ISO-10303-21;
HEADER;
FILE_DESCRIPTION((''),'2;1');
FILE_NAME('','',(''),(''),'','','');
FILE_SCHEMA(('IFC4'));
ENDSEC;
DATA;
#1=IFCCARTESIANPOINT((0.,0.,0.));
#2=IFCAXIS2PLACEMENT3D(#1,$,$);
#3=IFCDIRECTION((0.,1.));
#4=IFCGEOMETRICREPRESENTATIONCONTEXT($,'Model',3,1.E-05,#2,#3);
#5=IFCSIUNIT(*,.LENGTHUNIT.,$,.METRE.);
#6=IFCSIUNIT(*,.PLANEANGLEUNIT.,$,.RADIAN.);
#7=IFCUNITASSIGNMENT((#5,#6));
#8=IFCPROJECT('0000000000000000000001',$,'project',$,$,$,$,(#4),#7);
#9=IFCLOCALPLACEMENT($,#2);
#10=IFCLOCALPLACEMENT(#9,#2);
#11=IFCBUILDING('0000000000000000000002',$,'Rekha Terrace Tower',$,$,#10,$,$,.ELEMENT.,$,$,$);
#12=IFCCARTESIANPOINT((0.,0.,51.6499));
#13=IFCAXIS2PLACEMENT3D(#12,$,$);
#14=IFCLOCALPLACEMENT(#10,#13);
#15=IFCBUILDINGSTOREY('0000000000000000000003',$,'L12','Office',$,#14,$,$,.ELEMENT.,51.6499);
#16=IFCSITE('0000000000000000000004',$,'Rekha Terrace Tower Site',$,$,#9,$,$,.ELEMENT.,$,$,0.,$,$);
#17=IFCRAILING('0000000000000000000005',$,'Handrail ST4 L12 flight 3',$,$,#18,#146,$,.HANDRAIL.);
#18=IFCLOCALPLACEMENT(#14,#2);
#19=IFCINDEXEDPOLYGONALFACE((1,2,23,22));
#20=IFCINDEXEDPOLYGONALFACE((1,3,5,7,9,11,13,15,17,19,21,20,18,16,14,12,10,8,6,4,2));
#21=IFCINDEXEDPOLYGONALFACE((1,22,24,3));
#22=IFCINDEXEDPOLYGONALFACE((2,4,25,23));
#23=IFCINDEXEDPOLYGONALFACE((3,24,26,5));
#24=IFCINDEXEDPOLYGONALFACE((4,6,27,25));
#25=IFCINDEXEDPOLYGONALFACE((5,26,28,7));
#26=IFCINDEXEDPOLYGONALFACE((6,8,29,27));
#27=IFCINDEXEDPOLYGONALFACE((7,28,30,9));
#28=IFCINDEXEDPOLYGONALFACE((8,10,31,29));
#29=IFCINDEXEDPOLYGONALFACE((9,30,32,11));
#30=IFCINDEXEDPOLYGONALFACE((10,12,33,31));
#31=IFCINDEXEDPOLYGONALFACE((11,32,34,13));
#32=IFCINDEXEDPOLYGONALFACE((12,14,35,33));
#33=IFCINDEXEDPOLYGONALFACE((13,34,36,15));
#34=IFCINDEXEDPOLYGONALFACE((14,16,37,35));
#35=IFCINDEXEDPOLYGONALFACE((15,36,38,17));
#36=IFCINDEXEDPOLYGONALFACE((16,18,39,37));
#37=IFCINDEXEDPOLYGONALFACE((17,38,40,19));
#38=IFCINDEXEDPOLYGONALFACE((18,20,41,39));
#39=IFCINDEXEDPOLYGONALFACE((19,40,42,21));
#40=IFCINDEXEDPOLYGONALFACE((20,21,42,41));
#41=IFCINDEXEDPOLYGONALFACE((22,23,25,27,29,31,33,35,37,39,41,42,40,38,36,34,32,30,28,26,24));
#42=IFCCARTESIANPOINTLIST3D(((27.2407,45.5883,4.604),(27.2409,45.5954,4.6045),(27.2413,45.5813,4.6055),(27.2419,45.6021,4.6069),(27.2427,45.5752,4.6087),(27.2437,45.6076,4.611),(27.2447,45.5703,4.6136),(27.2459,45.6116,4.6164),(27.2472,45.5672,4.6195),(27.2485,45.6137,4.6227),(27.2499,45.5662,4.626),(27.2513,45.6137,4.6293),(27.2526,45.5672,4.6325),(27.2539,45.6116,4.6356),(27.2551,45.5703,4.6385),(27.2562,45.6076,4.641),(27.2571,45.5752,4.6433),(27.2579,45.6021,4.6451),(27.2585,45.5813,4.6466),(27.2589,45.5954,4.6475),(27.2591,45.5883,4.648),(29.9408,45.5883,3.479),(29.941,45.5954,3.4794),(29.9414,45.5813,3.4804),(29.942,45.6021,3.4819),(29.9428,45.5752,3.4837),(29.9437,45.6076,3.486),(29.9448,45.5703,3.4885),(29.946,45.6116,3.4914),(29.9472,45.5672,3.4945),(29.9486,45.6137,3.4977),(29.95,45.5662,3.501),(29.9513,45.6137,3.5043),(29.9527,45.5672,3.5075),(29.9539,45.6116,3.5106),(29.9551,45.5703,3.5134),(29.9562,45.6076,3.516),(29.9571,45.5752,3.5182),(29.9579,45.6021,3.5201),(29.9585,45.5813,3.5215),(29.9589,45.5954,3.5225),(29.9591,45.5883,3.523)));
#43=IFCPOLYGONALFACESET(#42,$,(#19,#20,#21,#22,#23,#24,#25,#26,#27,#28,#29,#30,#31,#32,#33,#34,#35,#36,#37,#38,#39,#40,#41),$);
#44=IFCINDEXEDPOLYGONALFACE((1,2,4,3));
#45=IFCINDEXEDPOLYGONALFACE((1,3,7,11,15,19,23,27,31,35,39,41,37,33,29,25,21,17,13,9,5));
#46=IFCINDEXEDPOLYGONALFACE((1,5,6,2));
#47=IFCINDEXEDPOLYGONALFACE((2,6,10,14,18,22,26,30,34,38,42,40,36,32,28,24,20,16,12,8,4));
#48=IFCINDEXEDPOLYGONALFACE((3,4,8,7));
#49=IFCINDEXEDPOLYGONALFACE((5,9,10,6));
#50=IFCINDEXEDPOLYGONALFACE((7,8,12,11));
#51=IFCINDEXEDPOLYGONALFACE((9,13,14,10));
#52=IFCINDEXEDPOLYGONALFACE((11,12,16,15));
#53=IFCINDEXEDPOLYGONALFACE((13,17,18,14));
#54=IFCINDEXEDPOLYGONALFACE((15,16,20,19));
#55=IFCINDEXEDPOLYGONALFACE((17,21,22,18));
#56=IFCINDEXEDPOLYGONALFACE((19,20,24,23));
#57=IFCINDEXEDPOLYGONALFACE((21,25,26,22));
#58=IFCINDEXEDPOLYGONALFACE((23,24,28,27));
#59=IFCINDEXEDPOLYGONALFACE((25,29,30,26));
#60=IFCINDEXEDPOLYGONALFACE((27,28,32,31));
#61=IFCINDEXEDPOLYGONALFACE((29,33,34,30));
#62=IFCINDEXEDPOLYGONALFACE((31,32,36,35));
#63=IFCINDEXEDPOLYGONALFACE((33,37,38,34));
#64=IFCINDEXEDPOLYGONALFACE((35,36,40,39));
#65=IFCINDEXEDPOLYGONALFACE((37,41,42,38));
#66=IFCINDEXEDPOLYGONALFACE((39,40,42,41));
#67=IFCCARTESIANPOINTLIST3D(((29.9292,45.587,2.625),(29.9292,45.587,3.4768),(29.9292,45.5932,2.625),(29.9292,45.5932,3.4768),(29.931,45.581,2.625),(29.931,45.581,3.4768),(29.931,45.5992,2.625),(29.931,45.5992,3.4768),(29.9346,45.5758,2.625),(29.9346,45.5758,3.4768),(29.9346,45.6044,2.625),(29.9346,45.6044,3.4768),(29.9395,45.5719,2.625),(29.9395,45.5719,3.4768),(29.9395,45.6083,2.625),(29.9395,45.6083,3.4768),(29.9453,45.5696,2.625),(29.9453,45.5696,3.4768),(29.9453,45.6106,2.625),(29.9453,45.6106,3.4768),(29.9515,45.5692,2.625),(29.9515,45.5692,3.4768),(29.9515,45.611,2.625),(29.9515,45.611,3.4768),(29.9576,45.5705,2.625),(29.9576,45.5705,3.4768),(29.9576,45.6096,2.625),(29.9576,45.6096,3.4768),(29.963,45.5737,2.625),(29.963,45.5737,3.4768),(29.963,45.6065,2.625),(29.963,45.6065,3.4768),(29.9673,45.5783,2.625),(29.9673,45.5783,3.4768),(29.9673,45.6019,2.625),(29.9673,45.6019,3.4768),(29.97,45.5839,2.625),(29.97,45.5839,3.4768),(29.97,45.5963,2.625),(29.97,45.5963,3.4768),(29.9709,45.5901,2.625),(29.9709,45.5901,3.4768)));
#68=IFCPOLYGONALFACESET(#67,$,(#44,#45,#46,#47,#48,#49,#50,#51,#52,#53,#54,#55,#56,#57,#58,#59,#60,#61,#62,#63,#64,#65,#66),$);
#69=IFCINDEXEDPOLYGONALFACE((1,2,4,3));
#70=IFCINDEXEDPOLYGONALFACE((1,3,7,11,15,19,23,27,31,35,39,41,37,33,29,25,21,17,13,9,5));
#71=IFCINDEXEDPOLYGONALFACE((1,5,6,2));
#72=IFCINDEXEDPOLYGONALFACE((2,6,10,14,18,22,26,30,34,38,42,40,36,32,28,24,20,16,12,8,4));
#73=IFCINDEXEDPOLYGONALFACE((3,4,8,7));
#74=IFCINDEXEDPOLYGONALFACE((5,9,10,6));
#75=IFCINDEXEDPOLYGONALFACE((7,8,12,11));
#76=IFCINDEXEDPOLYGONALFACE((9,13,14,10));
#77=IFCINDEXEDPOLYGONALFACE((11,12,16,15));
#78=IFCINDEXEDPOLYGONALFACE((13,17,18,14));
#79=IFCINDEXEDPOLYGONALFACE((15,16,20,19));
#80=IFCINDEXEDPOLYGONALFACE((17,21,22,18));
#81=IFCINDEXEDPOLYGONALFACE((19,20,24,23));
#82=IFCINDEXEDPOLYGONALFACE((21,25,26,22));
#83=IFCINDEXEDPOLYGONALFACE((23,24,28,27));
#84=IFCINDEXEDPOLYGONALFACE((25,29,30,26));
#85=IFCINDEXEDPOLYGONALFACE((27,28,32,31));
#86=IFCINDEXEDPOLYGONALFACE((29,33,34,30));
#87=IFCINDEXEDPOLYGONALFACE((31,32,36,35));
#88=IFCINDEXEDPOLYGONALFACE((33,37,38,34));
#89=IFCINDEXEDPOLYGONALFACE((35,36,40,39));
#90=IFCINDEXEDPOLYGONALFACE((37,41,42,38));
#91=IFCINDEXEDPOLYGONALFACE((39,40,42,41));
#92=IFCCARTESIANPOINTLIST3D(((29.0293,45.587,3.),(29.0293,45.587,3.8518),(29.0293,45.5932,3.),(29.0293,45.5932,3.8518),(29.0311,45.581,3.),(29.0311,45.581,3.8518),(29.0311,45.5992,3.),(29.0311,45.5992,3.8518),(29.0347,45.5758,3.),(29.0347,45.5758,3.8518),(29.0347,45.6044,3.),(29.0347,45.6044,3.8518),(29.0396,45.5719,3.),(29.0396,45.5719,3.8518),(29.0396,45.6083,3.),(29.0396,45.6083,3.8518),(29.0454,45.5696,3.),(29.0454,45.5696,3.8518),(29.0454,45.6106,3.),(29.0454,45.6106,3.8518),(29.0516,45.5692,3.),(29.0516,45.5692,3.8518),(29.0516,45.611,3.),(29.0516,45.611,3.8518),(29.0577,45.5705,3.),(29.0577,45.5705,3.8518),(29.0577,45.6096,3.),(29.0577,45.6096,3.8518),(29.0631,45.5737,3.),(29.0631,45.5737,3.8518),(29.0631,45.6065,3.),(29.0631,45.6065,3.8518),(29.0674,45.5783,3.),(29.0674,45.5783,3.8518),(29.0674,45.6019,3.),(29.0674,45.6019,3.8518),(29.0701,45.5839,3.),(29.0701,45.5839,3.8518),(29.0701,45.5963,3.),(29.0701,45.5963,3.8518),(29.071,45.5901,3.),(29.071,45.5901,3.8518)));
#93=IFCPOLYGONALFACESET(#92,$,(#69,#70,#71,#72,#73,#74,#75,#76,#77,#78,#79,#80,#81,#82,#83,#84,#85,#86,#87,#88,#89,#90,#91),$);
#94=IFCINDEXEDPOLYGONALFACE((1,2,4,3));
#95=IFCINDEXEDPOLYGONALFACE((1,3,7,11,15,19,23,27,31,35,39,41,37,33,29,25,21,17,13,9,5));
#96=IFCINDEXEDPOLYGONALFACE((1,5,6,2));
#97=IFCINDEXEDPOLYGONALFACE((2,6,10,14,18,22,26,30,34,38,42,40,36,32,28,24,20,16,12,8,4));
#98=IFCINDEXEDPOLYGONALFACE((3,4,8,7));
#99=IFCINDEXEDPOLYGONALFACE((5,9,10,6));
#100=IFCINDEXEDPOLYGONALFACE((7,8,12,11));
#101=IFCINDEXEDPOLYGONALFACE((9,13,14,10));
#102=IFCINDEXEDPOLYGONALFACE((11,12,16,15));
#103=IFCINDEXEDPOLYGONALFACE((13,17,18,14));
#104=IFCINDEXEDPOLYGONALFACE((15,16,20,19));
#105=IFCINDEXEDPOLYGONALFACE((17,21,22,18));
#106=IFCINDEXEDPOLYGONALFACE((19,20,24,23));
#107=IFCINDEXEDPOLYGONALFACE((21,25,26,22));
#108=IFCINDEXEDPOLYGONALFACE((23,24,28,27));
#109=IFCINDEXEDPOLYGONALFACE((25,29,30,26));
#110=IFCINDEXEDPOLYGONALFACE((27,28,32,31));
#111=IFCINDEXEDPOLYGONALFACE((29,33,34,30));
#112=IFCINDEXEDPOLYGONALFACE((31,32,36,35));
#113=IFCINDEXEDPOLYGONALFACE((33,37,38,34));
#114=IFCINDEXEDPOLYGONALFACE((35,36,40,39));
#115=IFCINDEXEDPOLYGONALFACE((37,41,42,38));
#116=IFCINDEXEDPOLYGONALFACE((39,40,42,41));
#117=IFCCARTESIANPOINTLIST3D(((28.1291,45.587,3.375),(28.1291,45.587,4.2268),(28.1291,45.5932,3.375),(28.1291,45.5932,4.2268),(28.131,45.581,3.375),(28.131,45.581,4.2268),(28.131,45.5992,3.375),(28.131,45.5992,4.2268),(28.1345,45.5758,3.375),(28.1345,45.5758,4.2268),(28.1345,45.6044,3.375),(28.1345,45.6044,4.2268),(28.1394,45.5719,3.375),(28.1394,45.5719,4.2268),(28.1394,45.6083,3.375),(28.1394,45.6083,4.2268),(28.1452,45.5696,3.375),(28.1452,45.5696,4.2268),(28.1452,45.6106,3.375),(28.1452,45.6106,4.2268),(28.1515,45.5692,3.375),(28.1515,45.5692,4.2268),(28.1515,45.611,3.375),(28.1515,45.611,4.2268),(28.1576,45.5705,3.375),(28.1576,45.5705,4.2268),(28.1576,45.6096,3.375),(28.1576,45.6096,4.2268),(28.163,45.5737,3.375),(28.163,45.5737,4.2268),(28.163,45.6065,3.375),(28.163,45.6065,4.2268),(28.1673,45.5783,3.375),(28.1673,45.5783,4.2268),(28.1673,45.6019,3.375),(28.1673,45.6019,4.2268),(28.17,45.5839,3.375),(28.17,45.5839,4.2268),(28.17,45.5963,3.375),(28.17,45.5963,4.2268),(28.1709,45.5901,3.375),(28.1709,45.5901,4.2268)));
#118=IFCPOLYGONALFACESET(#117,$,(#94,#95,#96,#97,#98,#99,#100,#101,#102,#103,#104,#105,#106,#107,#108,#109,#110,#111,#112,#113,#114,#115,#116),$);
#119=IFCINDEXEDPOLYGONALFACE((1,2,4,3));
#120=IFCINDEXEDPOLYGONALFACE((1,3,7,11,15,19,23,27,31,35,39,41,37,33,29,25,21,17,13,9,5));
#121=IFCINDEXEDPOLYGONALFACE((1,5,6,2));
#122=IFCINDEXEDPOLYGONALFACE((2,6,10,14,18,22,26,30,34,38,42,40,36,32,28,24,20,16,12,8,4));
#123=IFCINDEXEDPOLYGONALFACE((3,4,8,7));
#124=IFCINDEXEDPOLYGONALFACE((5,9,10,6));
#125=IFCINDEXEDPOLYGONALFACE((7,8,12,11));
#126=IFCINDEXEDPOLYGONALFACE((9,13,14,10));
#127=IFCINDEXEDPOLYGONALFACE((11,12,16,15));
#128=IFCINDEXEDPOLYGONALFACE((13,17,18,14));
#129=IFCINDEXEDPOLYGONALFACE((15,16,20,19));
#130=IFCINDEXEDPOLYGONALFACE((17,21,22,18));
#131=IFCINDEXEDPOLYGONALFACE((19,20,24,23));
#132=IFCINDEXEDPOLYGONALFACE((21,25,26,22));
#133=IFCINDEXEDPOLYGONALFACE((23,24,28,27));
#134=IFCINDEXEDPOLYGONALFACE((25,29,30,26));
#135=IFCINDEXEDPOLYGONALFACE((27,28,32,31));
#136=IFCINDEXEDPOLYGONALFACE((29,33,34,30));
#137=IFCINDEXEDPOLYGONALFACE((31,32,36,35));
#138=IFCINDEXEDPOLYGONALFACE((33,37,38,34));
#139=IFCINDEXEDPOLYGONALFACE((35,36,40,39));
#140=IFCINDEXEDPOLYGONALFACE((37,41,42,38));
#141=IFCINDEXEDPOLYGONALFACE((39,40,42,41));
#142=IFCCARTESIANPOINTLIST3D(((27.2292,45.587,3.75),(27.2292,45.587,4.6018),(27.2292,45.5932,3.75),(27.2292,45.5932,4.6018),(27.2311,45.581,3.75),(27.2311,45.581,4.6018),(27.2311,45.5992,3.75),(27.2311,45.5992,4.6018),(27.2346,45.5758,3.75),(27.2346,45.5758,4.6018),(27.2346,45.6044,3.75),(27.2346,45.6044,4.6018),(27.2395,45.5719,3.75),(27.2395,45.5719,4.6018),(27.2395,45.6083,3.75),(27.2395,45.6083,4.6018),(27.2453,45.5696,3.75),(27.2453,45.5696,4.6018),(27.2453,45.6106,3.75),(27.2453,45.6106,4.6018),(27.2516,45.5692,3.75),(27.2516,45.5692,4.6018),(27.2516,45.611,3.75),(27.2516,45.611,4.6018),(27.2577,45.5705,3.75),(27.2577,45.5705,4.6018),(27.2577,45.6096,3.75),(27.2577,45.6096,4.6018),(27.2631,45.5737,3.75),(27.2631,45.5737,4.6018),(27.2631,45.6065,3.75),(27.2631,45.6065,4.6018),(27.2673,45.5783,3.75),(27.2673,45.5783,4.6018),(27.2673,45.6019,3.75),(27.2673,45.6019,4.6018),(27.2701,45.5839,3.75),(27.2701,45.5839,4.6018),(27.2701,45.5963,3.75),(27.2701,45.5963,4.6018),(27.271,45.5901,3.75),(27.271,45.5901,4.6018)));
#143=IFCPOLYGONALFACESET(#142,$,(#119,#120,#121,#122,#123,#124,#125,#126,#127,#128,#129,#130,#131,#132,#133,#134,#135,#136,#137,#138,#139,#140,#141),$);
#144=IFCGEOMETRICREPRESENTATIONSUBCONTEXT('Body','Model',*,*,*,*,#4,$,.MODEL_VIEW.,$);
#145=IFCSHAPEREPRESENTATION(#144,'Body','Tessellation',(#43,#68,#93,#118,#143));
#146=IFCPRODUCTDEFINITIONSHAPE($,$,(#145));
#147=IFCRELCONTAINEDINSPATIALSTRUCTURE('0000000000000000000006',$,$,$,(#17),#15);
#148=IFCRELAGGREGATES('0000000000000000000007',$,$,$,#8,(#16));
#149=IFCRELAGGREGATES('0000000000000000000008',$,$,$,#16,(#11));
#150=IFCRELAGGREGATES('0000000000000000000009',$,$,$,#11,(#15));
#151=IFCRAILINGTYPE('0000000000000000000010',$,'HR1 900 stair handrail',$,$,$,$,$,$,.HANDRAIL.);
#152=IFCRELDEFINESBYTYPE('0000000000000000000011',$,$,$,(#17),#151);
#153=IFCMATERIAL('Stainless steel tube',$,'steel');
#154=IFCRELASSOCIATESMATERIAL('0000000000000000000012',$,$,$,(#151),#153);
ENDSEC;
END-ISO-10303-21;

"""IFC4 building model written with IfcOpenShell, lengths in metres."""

from ifc_helpers import new_model, si_unit, direction, frame, origin, origin_2d, place, context, subcontext, project, spatial, circle, extrude, material, type_object, element, save


model = new_model("IFC4")

# Units and contexts
model_context = context("Model", 3, precision=1e-05, world=origin(), true_north=direction((0.0, 1.0)))
body_context = subcontext(model_context, "Body", "Model", "MODEL_VIEW")
ifc_project = project(units=[si_unit("LENGTHUNIT", "METRE"), si_unit("PLANEANGLEUNIT", "RADIAN")], contexts=[model_context])

# Site, building, storey
site_placement = place(None, origin())
site = spatial("IfcSite", under=ifc_project, at=site_placement, Name="Rekha Terrace Tower Site", CompositionType="ELEMENT", RefElevation=0.0)
building_placement = place(site_placement, origin())
building = spatial("IfcBuilding", under=site, at=building_placement, Name="Rekha Terrace Tower", CompositionType="ELEMENT")
storey_placement = place(building_placement, frame((0.0, 0.0, 51.6499)))
storey = spatial("IfcBuildingStorey", under=building, at=storey_placement, Name="L12", Description="Office", CompositionType="ELEMENT", Elevation=51.6499)

# Railing
ifc_material_1 = material(Name="Stainless steel tube", Category="steel")
railing_type_1 = type_object("IfcRailingType", Name="HR1 900 stair handrail", PredefinedType="HANDRAIL", material=ifc_material_1)
railing_1_placement = place(storey_placement, frame((29.95, 45.5901, 2.625)))
element("IfcRailing", 1, at=railing_1_placement, inside=storey, type_object=railing_type_1, Name="Handrail ST4 L12 flight 3", PredefinedType="HANDRAIL", context=body_context, shape_type="SweptSolid", body=[
    extrude(circle(Radius=0.0239, at=origin_2d()), frame((0.0, 0.0, 0.876), z_axis=(-0.923074, 0.0, 0.384621), x_axis=(0.0, -1.0, 0.0)), (0.0, 0.0, 1.0), 2.925),
    extrude(circle(Radius=0.021, at=origin_2d()), origin(), (0.0, 0.0, 1.0), 0.8518),
    extrude(circle(Radius=0.021, at=origin_2d()), frame((-0.8999, 0.0, 0.375)), (0.0, 0.0, 1.0), 0.8518),
    extrude(circle(Radius=0.021, at=origin_2d()), frame((-1.8, 0.0, 0.75)), (0.0, 0.0, 1.0), 0.8518),
    extrude(circle(Radius=0.021, at=origin_2d()), frame((-2.7, 0.0, 1.125)), (0.0, 0.0, 1.0), 0.8518),
])

save(model, "model.ifc")
